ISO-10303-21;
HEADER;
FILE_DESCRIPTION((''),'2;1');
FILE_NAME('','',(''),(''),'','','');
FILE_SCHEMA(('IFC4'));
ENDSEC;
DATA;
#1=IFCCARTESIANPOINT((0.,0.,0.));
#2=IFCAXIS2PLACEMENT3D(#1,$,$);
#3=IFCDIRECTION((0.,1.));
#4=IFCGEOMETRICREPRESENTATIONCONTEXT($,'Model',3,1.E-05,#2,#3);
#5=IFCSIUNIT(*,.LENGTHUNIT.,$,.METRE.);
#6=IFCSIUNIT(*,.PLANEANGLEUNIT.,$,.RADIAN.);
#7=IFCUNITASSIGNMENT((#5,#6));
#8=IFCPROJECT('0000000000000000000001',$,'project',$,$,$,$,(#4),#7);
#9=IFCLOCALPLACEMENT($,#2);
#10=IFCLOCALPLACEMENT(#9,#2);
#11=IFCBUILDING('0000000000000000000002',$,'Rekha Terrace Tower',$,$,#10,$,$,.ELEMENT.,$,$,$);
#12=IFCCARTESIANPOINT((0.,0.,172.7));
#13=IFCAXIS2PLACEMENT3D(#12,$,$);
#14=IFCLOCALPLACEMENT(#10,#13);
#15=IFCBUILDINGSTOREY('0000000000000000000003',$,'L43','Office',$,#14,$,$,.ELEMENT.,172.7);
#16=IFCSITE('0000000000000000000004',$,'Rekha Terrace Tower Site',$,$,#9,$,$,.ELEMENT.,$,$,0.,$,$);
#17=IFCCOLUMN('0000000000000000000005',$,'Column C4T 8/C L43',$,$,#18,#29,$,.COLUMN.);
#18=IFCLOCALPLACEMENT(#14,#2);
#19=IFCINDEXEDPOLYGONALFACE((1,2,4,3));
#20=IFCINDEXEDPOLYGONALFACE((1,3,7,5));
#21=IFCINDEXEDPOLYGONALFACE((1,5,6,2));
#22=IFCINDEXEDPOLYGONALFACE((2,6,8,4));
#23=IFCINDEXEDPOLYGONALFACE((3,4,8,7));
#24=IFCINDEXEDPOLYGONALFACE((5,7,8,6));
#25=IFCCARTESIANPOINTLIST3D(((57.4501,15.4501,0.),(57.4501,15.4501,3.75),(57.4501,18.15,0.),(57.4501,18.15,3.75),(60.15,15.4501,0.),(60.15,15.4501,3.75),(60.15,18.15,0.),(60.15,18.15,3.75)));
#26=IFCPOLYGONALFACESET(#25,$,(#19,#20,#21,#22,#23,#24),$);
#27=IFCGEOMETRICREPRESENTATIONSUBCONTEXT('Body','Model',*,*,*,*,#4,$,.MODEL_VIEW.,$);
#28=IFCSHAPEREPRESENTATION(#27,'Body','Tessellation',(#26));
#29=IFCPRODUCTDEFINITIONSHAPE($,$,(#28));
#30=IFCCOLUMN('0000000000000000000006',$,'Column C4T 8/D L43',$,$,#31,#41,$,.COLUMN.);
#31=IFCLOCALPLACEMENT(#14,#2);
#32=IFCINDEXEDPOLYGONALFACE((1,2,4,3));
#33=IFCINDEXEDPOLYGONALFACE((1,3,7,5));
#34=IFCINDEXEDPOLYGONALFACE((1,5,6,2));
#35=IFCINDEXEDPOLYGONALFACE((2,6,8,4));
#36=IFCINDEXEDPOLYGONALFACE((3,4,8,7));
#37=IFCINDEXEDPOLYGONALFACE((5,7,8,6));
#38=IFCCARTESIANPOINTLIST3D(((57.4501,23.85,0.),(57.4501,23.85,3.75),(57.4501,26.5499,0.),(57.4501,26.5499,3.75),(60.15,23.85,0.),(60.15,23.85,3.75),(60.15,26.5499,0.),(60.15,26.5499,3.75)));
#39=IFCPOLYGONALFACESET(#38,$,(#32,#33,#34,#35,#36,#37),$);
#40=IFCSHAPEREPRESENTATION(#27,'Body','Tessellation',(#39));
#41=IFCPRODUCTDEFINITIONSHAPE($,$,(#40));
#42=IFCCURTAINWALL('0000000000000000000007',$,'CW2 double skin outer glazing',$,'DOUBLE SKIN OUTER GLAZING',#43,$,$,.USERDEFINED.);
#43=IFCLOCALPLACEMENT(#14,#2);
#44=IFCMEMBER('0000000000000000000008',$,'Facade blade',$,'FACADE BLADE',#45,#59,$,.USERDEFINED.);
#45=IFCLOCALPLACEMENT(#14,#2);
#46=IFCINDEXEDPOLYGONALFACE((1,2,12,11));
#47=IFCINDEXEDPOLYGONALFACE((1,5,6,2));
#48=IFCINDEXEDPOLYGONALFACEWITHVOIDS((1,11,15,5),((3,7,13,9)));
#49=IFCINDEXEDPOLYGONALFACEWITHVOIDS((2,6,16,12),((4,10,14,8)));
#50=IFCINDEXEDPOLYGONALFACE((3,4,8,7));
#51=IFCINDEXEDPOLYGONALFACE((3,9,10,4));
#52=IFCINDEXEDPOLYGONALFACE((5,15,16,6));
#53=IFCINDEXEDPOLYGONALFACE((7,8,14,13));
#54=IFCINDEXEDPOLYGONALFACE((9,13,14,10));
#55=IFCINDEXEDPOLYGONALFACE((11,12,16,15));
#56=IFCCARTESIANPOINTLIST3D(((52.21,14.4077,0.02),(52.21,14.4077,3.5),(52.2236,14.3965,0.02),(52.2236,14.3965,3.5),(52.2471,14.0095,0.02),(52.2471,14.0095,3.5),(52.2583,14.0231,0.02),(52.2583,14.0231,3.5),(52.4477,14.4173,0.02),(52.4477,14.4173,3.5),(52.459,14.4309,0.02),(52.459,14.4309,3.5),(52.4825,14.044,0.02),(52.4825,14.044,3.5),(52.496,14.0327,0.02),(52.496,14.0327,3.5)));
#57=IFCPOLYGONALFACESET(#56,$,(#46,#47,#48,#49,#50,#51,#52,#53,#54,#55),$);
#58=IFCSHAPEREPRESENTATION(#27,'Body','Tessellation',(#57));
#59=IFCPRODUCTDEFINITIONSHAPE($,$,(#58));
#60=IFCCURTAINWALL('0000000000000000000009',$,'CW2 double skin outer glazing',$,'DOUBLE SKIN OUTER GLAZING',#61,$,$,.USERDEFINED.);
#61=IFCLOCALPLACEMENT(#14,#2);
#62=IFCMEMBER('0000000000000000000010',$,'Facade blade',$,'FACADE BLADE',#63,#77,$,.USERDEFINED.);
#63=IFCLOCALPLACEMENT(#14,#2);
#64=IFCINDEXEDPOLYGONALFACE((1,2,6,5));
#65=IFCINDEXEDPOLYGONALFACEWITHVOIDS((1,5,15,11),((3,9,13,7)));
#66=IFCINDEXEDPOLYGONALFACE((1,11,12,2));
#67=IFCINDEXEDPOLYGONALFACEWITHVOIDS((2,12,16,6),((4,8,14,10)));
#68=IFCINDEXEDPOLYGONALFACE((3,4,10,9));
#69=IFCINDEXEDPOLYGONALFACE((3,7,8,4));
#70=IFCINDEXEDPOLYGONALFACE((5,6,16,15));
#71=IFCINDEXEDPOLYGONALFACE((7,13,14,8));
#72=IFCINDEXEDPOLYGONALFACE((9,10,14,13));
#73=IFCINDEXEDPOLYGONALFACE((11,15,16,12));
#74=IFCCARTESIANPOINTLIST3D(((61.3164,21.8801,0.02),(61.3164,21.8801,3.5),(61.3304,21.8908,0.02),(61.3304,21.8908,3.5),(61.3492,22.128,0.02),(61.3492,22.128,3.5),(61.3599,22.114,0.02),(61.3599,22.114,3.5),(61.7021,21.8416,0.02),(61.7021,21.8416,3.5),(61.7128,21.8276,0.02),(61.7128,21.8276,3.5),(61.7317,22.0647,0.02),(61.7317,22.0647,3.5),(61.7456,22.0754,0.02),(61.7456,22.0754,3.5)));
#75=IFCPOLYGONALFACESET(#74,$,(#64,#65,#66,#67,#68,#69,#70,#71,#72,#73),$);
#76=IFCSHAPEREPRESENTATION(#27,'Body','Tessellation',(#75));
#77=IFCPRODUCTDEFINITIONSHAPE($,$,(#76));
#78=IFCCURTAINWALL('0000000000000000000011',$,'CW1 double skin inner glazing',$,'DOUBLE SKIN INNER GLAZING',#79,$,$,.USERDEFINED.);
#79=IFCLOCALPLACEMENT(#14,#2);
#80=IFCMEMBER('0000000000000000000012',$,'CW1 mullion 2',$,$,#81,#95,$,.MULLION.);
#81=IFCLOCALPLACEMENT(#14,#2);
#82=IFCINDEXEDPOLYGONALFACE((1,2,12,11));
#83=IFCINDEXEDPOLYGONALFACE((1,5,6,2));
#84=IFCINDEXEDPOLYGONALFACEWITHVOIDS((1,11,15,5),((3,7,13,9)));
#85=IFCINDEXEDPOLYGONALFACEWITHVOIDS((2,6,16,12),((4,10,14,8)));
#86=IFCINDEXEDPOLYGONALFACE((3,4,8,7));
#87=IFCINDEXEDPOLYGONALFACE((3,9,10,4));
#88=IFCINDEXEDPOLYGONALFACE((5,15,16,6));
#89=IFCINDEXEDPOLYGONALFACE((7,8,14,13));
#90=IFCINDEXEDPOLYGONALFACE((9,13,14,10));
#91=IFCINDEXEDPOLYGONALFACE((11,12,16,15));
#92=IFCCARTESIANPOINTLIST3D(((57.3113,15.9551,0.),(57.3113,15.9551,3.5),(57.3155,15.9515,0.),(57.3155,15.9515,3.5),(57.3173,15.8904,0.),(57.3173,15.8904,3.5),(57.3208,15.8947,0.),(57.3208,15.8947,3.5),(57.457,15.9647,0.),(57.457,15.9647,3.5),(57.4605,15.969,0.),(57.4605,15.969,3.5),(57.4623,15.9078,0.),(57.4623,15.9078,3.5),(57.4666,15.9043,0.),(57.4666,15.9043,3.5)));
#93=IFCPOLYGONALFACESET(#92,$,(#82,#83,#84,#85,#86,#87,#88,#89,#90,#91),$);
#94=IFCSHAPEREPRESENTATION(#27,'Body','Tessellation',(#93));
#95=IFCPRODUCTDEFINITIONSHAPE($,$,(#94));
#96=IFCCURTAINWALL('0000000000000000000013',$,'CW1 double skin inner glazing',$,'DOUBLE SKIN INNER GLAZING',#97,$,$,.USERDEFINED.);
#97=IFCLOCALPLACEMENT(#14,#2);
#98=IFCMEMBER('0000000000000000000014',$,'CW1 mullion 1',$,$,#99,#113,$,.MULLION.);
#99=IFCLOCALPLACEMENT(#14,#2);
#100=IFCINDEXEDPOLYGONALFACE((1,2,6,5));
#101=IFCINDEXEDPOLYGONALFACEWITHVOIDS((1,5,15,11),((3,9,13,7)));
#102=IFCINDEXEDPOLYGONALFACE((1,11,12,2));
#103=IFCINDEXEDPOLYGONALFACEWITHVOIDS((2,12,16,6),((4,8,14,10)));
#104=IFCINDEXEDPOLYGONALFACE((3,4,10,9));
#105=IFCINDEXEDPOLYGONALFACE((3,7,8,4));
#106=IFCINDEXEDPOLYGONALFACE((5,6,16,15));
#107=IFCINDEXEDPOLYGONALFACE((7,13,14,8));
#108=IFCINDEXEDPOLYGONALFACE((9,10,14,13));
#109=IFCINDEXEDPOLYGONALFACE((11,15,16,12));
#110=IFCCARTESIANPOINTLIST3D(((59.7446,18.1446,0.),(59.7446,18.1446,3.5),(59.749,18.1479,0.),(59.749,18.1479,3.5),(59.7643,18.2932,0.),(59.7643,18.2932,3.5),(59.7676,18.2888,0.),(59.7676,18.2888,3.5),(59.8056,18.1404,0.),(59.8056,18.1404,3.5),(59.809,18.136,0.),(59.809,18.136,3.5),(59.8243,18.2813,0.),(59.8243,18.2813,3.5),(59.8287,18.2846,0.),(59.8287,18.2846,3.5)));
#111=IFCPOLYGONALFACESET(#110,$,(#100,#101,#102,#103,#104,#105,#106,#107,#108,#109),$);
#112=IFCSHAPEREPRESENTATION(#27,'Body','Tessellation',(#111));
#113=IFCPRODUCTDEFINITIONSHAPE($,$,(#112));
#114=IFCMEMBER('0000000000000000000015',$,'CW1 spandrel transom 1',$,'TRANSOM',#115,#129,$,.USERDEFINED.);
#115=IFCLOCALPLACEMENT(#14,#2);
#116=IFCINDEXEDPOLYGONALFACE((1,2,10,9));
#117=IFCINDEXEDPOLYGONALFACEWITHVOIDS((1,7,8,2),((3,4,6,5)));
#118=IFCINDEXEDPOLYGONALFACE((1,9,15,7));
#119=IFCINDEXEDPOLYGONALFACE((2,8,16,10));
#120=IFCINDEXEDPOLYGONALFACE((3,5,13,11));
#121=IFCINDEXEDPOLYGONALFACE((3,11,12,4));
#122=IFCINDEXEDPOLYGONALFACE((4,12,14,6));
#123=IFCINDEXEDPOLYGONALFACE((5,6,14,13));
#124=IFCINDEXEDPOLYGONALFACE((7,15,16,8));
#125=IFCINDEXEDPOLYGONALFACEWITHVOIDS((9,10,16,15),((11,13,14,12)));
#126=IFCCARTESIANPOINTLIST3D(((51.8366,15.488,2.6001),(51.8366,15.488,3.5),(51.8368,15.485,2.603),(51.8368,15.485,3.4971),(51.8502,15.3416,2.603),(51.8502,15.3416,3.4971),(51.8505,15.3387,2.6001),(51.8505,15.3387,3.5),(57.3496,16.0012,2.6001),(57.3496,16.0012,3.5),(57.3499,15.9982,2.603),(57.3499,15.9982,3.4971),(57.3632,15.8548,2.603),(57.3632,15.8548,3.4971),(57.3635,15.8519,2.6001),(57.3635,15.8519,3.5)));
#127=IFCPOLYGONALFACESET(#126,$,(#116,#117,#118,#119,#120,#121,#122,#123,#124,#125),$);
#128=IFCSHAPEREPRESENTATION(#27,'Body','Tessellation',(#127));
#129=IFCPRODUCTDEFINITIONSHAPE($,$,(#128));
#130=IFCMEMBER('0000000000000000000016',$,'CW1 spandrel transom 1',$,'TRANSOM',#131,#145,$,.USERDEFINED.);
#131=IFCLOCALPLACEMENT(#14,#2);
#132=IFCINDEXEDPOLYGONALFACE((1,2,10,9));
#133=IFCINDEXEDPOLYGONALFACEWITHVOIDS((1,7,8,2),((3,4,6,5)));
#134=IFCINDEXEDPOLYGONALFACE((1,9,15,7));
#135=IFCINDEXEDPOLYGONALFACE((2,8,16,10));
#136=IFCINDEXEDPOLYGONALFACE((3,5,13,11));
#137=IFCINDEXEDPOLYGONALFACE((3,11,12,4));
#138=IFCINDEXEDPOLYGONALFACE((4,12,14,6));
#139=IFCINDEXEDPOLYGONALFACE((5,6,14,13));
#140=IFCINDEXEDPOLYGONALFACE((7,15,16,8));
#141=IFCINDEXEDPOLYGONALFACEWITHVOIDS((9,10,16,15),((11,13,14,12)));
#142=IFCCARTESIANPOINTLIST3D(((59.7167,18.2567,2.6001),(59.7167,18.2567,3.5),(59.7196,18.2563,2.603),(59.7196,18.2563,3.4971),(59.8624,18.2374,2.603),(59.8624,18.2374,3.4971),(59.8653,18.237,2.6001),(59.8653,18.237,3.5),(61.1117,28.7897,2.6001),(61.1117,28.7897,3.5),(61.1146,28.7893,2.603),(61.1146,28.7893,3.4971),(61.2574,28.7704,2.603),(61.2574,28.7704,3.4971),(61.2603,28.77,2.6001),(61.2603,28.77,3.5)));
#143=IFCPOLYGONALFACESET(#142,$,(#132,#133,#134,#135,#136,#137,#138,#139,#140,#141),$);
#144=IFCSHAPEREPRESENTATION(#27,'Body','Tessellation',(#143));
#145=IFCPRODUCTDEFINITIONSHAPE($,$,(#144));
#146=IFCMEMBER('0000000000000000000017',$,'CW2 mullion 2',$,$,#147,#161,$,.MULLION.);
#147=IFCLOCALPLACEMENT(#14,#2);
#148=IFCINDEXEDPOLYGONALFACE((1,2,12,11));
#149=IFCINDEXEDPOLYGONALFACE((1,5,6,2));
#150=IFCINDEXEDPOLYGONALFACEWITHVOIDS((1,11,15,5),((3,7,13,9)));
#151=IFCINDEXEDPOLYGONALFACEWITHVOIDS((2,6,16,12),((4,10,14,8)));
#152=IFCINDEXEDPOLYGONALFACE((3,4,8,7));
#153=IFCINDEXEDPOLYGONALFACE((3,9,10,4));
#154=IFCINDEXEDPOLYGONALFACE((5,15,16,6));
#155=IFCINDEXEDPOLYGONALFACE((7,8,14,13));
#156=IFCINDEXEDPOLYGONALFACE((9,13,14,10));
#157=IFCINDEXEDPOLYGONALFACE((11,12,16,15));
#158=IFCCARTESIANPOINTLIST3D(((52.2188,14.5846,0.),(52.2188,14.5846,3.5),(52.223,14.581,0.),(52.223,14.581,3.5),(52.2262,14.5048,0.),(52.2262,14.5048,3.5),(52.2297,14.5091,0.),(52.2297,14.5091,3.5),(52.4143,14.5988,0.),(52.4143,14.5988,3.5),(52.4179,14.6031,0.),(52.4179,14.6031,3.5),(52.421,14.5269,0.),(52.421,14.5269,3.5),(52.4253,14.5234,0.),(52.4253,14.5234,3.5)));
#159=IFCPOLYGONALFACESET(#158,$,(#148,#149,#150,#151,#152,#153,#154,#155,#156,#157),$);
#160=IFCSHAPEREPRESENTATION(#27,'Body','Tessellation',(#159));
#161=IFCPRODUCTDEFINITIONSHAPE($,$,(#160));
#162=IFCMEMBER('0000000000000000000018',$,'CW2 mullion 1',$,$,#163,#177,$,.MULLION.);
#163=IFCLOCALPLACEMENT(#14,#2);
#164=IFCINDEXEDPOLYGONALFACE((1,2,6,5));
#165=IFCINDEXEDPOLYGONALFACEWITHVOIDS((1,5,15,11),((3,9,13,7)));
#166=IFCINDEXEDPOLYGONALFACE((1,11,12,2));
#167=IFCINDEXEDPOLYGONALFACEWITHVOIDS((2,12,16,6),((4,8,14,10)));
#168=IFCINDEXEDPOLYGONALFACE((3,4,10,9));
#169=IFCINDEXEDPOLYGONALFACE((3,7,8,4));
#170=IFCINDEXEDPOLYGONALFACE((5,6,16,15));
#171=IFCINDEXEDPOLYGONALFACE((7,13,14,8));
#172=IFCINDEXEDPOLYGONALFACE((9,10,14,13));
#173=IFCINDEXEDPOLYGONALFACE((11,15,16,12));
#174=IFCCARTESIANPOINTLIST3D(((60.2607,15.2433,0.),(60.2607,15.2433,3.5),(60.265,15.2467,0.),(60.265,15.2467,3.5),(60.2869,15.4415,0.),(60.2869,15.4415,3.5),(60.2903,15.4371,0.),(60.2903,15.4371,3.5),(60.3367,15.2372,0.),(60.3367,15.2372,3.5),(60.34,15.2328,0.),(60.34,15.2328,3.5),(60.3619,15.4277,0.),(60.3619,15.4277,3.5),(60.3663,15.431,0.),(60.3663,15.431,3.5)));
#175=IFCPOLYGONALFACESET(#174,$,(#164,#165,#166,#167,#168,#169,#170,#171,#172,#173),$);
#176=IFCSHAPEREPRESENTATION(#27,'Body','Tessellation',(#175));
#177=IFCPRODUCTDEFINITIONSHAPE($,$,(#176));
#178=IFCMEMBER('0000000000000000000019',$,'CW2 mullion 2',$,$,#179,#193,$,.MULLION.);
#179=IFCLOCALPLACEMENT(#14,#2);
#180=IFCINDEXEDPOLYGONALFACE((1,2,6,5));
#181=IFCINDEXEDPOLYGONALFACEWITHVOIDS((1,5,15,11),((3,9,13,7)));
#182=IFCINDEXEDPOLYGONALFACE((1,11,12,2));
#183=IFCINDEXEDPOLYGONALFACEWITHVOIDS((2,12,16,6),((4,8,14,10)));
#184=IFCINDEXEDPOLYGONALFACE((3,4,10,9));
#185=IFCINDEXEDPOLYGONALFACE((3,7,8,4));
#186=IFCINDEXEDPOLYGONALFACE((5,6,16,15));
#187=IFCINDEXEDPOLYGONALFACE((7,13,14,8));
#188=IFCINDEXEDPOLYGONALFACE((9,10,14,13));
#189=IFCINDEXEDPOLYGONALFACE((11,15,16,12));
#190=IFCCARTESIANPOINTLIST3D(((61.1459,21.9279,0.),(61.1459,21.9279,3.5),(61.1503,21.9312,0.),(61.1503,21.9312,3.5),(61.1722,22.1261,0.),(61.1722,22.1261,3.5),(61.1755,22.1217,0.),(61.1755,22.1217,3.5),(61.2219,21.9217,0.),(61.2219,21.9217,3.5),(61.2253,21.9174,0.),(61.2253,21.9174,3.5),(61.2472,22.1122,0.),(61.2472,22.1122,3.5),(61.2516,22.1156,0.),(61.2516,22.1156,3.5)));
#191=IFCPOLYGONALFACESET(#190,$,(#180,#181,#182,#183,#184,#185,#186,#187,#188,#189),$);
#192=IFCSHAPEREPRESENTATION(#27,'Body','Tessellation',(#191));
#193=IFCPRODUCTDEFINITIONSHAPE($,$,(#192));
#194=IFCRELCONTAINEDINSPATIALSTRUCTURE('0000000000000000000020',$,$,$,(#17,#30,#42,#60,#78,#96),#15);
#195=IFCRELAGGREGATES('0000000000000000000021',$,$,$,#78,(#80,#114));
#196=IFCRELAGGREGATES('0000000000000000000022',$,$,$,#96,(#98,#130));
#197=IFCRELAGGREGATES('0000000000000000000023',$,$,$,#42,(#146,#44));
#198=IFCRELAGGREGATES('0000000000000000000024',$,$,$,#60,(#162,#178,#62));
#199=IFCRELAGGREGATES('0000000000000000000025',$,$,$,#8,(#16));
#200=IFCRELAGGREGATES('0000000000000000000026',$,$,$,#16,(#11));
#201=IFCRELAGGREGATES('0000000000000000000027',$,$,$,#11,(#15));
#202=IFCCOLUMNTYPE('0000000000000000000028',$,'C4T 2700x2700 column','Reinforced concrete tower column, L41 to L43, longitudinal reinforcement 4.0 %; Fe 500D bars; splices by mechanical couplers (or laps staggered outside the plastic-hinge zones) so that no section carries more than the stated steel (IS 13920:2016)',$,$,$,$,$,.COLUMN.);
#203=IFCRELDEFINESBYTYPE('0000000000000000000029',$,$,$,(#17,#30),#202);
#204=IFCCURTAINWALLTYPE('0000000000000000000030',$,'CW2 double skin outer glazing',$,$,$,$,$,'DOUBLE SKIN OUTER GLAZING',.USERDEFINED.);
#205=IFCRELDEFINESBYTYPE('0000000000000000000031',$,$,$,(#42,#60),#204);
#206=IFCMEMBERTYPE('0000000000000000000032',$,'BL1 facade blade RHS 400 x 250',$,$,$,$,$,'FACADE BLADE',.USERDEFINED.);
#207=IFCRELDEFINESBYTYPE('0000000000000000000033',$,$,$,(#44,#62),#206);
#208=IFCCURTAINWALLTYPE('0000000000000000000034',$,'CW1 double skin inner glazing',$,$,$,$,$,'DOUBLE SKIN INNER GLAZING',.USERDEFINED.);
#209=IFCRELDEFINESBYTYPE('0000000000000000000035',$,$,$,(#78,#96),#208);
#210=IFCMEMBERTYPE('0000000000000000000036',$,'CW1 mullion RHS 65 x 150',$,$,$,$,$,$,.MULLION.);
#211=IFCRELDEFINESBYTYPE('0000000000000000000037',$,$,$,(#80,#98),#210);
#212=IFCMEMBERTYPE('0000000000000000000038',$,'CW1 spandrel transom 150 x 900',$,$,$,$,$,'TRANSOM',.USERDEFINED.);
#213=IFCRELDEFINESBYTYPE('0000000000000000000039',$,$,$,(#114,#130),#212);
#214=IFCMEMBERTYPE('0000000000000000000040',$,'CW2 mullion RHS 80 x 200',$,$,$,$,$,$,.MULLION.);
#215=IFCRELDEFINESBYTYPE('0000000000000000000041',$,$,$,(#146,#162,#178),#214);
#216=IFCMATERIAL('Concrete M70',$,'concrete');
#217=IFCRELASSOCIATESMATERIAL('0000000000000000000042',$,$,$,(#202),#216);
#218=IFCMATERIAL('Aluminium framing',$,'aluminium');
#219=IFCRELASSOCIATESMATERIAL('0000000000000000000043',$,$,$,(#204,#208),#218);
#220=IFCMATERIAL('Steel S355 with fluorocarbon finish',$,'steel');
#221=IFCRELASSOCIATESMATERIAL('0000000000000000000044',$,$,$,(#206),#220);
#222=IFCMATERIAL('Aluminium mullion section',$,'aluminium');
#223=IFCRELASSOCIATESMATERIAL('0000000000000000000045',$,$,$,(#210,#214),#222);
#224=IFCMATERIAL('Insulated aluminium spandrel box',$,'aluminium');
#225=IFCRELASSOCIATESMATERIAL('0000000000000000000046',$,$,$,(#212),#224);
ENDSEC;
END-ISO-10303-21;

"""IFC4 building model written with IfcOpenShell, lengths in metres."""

from ifc_helpers import new_model, si_unit, direction, frame, origin, origin_2d, place, context, subcontext, project, spatial, rectangle, hollow_rectangle, extrude, material, material_profile, profile_set, type_object, element, aggregate, save


model = new_model("IFC4")

# Units and contexts
model_context = context("Model", 3, precision=1e-05, world=origin(), true_north=direction((0.0, 1.0)))
body_context = subcontext(model_context, "Body", "Model", "MODEL_VIEW")
ifc_project = project(units=[si_unit("LENGTHUNIT", "METRE"), si_unit("PLANEANGLEUNIT", "RADIAN")], contexts=[model_context])

# Site, building, storey
site_placement = place(None, origin())
site = spatial("IfcSite", under=ifc_project, at=site_placement, Name="Rekha Terrace Tower Site", CompositionType="ELEMENT", RefElevation=0.0)
building_placement = place(site_placement, origin())
building = spatial("IfcBuilding", under=site, at=building_placement, Name="Rekha Terrace Tower", CompositionType="ELEMENT")
storey_placement = place(building_placement, frame((0.0, 0.0, 172.7)))
storey = spatial("IfcBuildingStorey", under=building, at=storey_placement, Name="L43", Description="Office", CompositionType="ELEMENT", Elevation=172.7)

# Columns
ifc_material_1 = material(Name="Concrete M70", Category="concrete")
ifc_material_profile_1 = material_profile(ifc_material_1, rectangle(XDim=2.7, YDim=2.7, at=origin_2d()), Name="RC 2700x2700")
ifc_profile_set_1 = profile_set([ifc_material_profile_1], Name="Concrete M70")
column_type = type_object("IfcColumnType", Name="C4T 2700x2700 column", Description="Reinforced concrete tower column, L41 to L43, longitudinal reinforcement 4.0 %; Fe 500D bars; splices by mechanical couplers (or laps staggered outside the plastic-hinge zones) so that no section carries more than the stated steel (IS 13920:2016)", PredefinedType="COLUMN", material=ifc_profile_set_1)
for number, where, z_axis, x_axis, name in (
    (1, (58.8, 16.8, 0.0), (0.0, 0.0, 1.0), (1.0, 0.0, 0.0), "Column C4T 8/C L43"),
    (2, (58.8, 25.2, 0.0), (0.0, 0.0, 1.0), (1.0, 0.0, 0.0), "Column C4T 8/D L43"),
):
    element("IfcColumn", number, at=place(storey_placement, frame(where, z_axis=z_axis, x_axis=x_axis)), inside=storey, type_object=column_type, Name=name, PredefinedType="COLUMN", context=body_context, shape_type="SweptSolid", body=[
        extrude(rectangle(XDim=2.7, YDim=2.7, at=origin_2d()), origin(), (0.0, 0.0, 1.0), 3.75),
    ])

# Curtain walls, members
ifc_material_2 = material(Name="Aluminium framing", Category="aluminium")
curtain_wall_type_1 = type_object("IfcCurtainWallType", Name="CW2 double skin outer glazing", ElementType="DOUBLE SKIN OUTER GLAZING", PredefinedType="USERDEFINED", material=ifc_material_2)
curtain_wall_1_placement = place(storey_placement, origin())
curtain_wall_1 = element("IfcCurtainWall", 3, at=curtain_wall_1_placement, inside=storey, type_object=curtain_wall_type_1, Name="CW2 double skin outer glazing", ObjectType="DOUBLE SKIN OUTER GLAZING", PredefinedType="USERDEFINED")
ifc_material_3 = material(Name="Steel S355 with fluorocarbon finish", Category="steel")
ifc_material_profile_2 = material_profile(ifc_material_3, hollow_rectangle(XDim=0.25, YDim=0.3999, WallThickness=0.0125, at=origin_2d()), Name="RHS400x250x12.5")
ifc_profile_set_2 = profile_set([ifc_material_profile_2], Name="Steel S355 with fluorocarbon finish")
member_type_1 = type_object("IfcMemberType", Name="BL1 facade blade RHS 400 x 250", ElementType="FACADE BLADE", PredefinedType="USERDEFINED", material=ifc_profile_set_2)
member_1_placement = place(storey_placement, frame((52.353, 14.2202, 0.02), z_axis=(0.0, 0.0, 1.0), x_axis=(0.995693, 0.092709, 0.0)))
member_1 = element("IfcMember", 4, at=member_1_placement, type_object=member_type_1, Name="Facade blade", ObjectType="FACADE BLADE", PredefinedType="USERDEFINED", context=body_context, shape_type="SweptSolid", body=[
    extrude(hollow_rectangle(XDim=0.25, YDim=0.3999, WallThickness=0.0125, at=origin_2d()), origin(), (0.0, 0.0, 1.0), 3.48),
])
curtain_wall_2_placement = place(storey_placement, origin())
curtain_wall_2 = element("IfcCurtainWall", 5, at=curtain_wall_2_placement, inside=storey, type_object=curtain_wall_type_1, Name="CW2 double skin outer glazing", ObjectType="DOUBLE SKIN OUTER GLAZING", PredefinedType="USERDEFINED")
member_2_placement = place(storey_placement, frame((61.531, 21.9778, 0.02), z_axis=(0.0, 0.0, 1.0), x_axis=(0.131303, 0.991342, 0.0)))
member_2 = element("IfcMember", 6, at=member_2_placement, type_object=member_type_1, Name="Facade blade", ObjectType="FACADE BLADE", PredefinedType="USERDEFINED", context=body_context, shape_type="SweptSolid", body=[
    extrude(hollow_rectangle(XDim=0.25, YDim=0.3999, WallThickness=0.0125, at=origin_2d()), origin(), (0.0, 0.0, 1.0), 3.48),
])
curtain_wall_type_2 = type_object("IfcCurtainWallType", Name="CW1 double skin inner glazing", ElementType="DOUBLE SKIN INNER GLAZING", PredefinedType="USERDEFINED", material=ifc_material_2)
curtain_wall_3_placement = place(storey_placement, origin())
curtain_wall_3 = element("IfcCurtainWall", 7, at=curtain_wall_3_placement, inside=storey, type_object=curtain_wall_type_2, Name="CW1 double skin inner glazing", ObjectType="DOUBLE SKIN INNER GLAZING", PredefinedType="USERDEFINED")
ifc_material_4 = material(Name="Aluminium mullion section", Category="aluminium")
ifc_material_profile_3 = material_profile(ifc_material_4, hollow_rectangle(XDim=0.0649, YDim=0.1499, WallThickness=0.0039, at=origin_2d()), Name="AL RHS 65x150")
ifc_profile_set_3 = profile_set([ifc_material_profile_3], Name="Aluminium mullion section")
member_type_2 = type_object("IfcMemberType", Name="CW1 mullion RHS 65 x 150", PredefinedType="MULLION", material=ifc_profile_set_3)
member_3_placement = place(storey_placement, frame((57.3889, 15.9297, 0.0), z_axis=(0.0, 0.0, 1.0), x_axis=(-0.092709, 0.995693, 0.0)))
member_3 = element("IfcMember", 8, at=member_3_placement, type_object=member_type_2, Name="CW1 mullion 2", PredefinedType="MULLION", context=body_context, shape_type="SweptSolid", body=[
    extrude(hollow_rectangle(XDim=0.0649, YDim=0.1499, WallThickness=0.0039, at=origin_2d()), origin(), (0.0, 0.0, 1.0), 3.5),
])
curtain_wall_4_placement = place(storey_placement, origin())
curtain_wall_4 = element("IfcCurtainWall", 9, at=curtain_wall_4_placement, inside=storey, type_object=curtain_wall_type_2, Name="CW1 double skin inner glazing", ObjectType="DOUBLE SKIN INNER GLAZING", PredefinedType="USERDEFINED")
member_4_placement = place(storey_placement, frame((59.7866, 18.2146, 0.0), z_axis=(0.0, 0.0, 1.0), x_axis=(-0.991342, 0.131304, 0.0)))
member_4 = element("IfcMember", 10, at=member_4_placement, type_object=member_type_2, Name="CW1 mullion 1", PredefinedType="MULLION", context=body_context, shape_type="SweptSolid", body=[
    extrude(hollow_rectangle(XDim=0.0649, YDim=0.1499, WallThickness=0.0039, at=origin_2d()), origin(), (0.0, 0.0, 1.0), 3.5),
])

# Members
ifc_material_5 = material(Name="Insulated aluminium spandrel box", Category="aluminium")
ifc_material_profile_4 = material_profile(ifc_material_5, hollow_rectangle(XDim=0.1499, YDim=0.8999, WallThickness=0.0029, at=origin_2d()), Name="AL SPANDREL BOX 150x900")
ifc_profile_set_4 = profile_set([ifc_material_profile_4], Name="Insulated aluminium spandrel box")
member_type_3 = type_object("IfcMemberType", Name="CW1 spandrel transom 150 x 900", ElementType="TRANSOM", PredefinedType="USERDEFINED", material=ifc_profile_set_4)
member_5_placement = place(storey_placement, frame((51.8435, 15.4133, 3.05), z_axis=(0.995695, 0.092686, 0.0), x_axis=(-0.092686, 0.995695, 0.0)))
member_5 = element("IfcMember", 11, at=member_5_placement, type_object=member_type_3, Name="CW1 spandrel transom 1", ObjectType="TRANSOM", PredefinedType="USERDEFINED", context=body_context, shape_type="SweptSolid", body=[
    extrude(hollow_rectangle(XDim=0.1499, YDim=0.8999, WallThickness=0.0029, at=origin_2d()), origin(), (0.0, 0.0, 1.0), 5.5369),
])
member_6_placement = place(storey_placement, frame((59.791, 18.2468, 3.05), z_axis=(0.131297, 0.991343, 0.0), x_axis=(-0.991343, 0.131297, 0.0)))
member_6 = element("IfcMember", 12, at=member_6_placement, type_object=member_type_3, Name="CW1 spandrel transom 1", ObjectType="TRANSOM", PredefinedType="USERDEFINED", context=body_context, shape_type="SweptSolid", body=[
    extrude(hollow_rectangle(XDim=0.1499, YDim=0.8999, WallThickness=0.0029, at=origin_2d()), origin(), (0.0, 0.0, 1.0), 10.625),
])
ifc_material_profile_5 = material_profile(ifc_material_4, hollow_rectangle(XDim=0.0801, YDim=0.2, WallThickness=0.0039, at=origin_2d()), Name="AL RHS 80x200")
ifc_profile_set_5 = profile_set([ifc_material_profile_5], Name="Aluminium mullion section")
member_type_4 = type_object("IfcMemberType", Name="CW2 mullion RHS 80 x 200", PredefinedType="MULLION", material=ifc_profile_set_5)
member_7_placement = place(storey_placement, frame((52.322, 14.554, 0.0), z_axis=(0.0, 0.0, 1.0), x_axis=(-0.092709, 0.995693, 0.0)))
member_7 = element("IfcMember", 13, at=member_7_placement, type_object=member_type_4, Name="CW2 mullion 2", PredefinedType="MULLION", context=body_context, shape_type="SweptSolid", body=[
    extrude(hollow_rectangle(XDim=0.0801, YDim=0.2, WallThickness=0.0039, at=origin_2d()), origin(), (0.0, 0.0, 1.0), 3.5),
])
member_8_placement = place(storey_placement, frame((60.3135, 15.3372, 0.0), z_axis=(0.0, 0.0, 1.0), x_axis=(-0.991342, 0.131304, 0.0)))
member_8 = element("IfcMember", 14, at=member_8_placement, type_object=member_type_4, Name="CW2 mullion 1", PredefinedType="MULLION", context=body_context, shape_type="SweptSolid", body=[
    extrude(hollow_rectangle(XDim=0.0801, YDim=0.2, WallThickness=0.0039, at=origin_2d()), origin(), (0.0, 0.0, 1.0), 3.5),
])
member_9_placement = place(storey_placement, frame((61.1987, 22.0217, 0.0), z_axis=(0.0, 0.0, 1.0), x_axis=(-0.991342, 0.131304, 0.0)))
member_9 = element("IfcMember", 15, at=member_9_placement, type_object=member_type_4, Name="CW2 mullion 2", PredefinedType="MULLION", context=body_context, shape_type="SweptSolid", body=[
    extrude(hollow_rectangle(XDim=0.0801, YDim=0.2, WallThickness=0.0039, at=origin_2d()), origin(), (0.0, 0.0, 1.0), 3.5),
])

aggregate(curtain_wall_3, [member_3, member_5])
aggregate(curtain_wall_4, [member_4, member_6])
aggregate(curtain_wall_1, [member_7, member_1])
aggregate(curtain_wall_2, [member_8, member_9, member_2])

save(model, "model.ifc")
